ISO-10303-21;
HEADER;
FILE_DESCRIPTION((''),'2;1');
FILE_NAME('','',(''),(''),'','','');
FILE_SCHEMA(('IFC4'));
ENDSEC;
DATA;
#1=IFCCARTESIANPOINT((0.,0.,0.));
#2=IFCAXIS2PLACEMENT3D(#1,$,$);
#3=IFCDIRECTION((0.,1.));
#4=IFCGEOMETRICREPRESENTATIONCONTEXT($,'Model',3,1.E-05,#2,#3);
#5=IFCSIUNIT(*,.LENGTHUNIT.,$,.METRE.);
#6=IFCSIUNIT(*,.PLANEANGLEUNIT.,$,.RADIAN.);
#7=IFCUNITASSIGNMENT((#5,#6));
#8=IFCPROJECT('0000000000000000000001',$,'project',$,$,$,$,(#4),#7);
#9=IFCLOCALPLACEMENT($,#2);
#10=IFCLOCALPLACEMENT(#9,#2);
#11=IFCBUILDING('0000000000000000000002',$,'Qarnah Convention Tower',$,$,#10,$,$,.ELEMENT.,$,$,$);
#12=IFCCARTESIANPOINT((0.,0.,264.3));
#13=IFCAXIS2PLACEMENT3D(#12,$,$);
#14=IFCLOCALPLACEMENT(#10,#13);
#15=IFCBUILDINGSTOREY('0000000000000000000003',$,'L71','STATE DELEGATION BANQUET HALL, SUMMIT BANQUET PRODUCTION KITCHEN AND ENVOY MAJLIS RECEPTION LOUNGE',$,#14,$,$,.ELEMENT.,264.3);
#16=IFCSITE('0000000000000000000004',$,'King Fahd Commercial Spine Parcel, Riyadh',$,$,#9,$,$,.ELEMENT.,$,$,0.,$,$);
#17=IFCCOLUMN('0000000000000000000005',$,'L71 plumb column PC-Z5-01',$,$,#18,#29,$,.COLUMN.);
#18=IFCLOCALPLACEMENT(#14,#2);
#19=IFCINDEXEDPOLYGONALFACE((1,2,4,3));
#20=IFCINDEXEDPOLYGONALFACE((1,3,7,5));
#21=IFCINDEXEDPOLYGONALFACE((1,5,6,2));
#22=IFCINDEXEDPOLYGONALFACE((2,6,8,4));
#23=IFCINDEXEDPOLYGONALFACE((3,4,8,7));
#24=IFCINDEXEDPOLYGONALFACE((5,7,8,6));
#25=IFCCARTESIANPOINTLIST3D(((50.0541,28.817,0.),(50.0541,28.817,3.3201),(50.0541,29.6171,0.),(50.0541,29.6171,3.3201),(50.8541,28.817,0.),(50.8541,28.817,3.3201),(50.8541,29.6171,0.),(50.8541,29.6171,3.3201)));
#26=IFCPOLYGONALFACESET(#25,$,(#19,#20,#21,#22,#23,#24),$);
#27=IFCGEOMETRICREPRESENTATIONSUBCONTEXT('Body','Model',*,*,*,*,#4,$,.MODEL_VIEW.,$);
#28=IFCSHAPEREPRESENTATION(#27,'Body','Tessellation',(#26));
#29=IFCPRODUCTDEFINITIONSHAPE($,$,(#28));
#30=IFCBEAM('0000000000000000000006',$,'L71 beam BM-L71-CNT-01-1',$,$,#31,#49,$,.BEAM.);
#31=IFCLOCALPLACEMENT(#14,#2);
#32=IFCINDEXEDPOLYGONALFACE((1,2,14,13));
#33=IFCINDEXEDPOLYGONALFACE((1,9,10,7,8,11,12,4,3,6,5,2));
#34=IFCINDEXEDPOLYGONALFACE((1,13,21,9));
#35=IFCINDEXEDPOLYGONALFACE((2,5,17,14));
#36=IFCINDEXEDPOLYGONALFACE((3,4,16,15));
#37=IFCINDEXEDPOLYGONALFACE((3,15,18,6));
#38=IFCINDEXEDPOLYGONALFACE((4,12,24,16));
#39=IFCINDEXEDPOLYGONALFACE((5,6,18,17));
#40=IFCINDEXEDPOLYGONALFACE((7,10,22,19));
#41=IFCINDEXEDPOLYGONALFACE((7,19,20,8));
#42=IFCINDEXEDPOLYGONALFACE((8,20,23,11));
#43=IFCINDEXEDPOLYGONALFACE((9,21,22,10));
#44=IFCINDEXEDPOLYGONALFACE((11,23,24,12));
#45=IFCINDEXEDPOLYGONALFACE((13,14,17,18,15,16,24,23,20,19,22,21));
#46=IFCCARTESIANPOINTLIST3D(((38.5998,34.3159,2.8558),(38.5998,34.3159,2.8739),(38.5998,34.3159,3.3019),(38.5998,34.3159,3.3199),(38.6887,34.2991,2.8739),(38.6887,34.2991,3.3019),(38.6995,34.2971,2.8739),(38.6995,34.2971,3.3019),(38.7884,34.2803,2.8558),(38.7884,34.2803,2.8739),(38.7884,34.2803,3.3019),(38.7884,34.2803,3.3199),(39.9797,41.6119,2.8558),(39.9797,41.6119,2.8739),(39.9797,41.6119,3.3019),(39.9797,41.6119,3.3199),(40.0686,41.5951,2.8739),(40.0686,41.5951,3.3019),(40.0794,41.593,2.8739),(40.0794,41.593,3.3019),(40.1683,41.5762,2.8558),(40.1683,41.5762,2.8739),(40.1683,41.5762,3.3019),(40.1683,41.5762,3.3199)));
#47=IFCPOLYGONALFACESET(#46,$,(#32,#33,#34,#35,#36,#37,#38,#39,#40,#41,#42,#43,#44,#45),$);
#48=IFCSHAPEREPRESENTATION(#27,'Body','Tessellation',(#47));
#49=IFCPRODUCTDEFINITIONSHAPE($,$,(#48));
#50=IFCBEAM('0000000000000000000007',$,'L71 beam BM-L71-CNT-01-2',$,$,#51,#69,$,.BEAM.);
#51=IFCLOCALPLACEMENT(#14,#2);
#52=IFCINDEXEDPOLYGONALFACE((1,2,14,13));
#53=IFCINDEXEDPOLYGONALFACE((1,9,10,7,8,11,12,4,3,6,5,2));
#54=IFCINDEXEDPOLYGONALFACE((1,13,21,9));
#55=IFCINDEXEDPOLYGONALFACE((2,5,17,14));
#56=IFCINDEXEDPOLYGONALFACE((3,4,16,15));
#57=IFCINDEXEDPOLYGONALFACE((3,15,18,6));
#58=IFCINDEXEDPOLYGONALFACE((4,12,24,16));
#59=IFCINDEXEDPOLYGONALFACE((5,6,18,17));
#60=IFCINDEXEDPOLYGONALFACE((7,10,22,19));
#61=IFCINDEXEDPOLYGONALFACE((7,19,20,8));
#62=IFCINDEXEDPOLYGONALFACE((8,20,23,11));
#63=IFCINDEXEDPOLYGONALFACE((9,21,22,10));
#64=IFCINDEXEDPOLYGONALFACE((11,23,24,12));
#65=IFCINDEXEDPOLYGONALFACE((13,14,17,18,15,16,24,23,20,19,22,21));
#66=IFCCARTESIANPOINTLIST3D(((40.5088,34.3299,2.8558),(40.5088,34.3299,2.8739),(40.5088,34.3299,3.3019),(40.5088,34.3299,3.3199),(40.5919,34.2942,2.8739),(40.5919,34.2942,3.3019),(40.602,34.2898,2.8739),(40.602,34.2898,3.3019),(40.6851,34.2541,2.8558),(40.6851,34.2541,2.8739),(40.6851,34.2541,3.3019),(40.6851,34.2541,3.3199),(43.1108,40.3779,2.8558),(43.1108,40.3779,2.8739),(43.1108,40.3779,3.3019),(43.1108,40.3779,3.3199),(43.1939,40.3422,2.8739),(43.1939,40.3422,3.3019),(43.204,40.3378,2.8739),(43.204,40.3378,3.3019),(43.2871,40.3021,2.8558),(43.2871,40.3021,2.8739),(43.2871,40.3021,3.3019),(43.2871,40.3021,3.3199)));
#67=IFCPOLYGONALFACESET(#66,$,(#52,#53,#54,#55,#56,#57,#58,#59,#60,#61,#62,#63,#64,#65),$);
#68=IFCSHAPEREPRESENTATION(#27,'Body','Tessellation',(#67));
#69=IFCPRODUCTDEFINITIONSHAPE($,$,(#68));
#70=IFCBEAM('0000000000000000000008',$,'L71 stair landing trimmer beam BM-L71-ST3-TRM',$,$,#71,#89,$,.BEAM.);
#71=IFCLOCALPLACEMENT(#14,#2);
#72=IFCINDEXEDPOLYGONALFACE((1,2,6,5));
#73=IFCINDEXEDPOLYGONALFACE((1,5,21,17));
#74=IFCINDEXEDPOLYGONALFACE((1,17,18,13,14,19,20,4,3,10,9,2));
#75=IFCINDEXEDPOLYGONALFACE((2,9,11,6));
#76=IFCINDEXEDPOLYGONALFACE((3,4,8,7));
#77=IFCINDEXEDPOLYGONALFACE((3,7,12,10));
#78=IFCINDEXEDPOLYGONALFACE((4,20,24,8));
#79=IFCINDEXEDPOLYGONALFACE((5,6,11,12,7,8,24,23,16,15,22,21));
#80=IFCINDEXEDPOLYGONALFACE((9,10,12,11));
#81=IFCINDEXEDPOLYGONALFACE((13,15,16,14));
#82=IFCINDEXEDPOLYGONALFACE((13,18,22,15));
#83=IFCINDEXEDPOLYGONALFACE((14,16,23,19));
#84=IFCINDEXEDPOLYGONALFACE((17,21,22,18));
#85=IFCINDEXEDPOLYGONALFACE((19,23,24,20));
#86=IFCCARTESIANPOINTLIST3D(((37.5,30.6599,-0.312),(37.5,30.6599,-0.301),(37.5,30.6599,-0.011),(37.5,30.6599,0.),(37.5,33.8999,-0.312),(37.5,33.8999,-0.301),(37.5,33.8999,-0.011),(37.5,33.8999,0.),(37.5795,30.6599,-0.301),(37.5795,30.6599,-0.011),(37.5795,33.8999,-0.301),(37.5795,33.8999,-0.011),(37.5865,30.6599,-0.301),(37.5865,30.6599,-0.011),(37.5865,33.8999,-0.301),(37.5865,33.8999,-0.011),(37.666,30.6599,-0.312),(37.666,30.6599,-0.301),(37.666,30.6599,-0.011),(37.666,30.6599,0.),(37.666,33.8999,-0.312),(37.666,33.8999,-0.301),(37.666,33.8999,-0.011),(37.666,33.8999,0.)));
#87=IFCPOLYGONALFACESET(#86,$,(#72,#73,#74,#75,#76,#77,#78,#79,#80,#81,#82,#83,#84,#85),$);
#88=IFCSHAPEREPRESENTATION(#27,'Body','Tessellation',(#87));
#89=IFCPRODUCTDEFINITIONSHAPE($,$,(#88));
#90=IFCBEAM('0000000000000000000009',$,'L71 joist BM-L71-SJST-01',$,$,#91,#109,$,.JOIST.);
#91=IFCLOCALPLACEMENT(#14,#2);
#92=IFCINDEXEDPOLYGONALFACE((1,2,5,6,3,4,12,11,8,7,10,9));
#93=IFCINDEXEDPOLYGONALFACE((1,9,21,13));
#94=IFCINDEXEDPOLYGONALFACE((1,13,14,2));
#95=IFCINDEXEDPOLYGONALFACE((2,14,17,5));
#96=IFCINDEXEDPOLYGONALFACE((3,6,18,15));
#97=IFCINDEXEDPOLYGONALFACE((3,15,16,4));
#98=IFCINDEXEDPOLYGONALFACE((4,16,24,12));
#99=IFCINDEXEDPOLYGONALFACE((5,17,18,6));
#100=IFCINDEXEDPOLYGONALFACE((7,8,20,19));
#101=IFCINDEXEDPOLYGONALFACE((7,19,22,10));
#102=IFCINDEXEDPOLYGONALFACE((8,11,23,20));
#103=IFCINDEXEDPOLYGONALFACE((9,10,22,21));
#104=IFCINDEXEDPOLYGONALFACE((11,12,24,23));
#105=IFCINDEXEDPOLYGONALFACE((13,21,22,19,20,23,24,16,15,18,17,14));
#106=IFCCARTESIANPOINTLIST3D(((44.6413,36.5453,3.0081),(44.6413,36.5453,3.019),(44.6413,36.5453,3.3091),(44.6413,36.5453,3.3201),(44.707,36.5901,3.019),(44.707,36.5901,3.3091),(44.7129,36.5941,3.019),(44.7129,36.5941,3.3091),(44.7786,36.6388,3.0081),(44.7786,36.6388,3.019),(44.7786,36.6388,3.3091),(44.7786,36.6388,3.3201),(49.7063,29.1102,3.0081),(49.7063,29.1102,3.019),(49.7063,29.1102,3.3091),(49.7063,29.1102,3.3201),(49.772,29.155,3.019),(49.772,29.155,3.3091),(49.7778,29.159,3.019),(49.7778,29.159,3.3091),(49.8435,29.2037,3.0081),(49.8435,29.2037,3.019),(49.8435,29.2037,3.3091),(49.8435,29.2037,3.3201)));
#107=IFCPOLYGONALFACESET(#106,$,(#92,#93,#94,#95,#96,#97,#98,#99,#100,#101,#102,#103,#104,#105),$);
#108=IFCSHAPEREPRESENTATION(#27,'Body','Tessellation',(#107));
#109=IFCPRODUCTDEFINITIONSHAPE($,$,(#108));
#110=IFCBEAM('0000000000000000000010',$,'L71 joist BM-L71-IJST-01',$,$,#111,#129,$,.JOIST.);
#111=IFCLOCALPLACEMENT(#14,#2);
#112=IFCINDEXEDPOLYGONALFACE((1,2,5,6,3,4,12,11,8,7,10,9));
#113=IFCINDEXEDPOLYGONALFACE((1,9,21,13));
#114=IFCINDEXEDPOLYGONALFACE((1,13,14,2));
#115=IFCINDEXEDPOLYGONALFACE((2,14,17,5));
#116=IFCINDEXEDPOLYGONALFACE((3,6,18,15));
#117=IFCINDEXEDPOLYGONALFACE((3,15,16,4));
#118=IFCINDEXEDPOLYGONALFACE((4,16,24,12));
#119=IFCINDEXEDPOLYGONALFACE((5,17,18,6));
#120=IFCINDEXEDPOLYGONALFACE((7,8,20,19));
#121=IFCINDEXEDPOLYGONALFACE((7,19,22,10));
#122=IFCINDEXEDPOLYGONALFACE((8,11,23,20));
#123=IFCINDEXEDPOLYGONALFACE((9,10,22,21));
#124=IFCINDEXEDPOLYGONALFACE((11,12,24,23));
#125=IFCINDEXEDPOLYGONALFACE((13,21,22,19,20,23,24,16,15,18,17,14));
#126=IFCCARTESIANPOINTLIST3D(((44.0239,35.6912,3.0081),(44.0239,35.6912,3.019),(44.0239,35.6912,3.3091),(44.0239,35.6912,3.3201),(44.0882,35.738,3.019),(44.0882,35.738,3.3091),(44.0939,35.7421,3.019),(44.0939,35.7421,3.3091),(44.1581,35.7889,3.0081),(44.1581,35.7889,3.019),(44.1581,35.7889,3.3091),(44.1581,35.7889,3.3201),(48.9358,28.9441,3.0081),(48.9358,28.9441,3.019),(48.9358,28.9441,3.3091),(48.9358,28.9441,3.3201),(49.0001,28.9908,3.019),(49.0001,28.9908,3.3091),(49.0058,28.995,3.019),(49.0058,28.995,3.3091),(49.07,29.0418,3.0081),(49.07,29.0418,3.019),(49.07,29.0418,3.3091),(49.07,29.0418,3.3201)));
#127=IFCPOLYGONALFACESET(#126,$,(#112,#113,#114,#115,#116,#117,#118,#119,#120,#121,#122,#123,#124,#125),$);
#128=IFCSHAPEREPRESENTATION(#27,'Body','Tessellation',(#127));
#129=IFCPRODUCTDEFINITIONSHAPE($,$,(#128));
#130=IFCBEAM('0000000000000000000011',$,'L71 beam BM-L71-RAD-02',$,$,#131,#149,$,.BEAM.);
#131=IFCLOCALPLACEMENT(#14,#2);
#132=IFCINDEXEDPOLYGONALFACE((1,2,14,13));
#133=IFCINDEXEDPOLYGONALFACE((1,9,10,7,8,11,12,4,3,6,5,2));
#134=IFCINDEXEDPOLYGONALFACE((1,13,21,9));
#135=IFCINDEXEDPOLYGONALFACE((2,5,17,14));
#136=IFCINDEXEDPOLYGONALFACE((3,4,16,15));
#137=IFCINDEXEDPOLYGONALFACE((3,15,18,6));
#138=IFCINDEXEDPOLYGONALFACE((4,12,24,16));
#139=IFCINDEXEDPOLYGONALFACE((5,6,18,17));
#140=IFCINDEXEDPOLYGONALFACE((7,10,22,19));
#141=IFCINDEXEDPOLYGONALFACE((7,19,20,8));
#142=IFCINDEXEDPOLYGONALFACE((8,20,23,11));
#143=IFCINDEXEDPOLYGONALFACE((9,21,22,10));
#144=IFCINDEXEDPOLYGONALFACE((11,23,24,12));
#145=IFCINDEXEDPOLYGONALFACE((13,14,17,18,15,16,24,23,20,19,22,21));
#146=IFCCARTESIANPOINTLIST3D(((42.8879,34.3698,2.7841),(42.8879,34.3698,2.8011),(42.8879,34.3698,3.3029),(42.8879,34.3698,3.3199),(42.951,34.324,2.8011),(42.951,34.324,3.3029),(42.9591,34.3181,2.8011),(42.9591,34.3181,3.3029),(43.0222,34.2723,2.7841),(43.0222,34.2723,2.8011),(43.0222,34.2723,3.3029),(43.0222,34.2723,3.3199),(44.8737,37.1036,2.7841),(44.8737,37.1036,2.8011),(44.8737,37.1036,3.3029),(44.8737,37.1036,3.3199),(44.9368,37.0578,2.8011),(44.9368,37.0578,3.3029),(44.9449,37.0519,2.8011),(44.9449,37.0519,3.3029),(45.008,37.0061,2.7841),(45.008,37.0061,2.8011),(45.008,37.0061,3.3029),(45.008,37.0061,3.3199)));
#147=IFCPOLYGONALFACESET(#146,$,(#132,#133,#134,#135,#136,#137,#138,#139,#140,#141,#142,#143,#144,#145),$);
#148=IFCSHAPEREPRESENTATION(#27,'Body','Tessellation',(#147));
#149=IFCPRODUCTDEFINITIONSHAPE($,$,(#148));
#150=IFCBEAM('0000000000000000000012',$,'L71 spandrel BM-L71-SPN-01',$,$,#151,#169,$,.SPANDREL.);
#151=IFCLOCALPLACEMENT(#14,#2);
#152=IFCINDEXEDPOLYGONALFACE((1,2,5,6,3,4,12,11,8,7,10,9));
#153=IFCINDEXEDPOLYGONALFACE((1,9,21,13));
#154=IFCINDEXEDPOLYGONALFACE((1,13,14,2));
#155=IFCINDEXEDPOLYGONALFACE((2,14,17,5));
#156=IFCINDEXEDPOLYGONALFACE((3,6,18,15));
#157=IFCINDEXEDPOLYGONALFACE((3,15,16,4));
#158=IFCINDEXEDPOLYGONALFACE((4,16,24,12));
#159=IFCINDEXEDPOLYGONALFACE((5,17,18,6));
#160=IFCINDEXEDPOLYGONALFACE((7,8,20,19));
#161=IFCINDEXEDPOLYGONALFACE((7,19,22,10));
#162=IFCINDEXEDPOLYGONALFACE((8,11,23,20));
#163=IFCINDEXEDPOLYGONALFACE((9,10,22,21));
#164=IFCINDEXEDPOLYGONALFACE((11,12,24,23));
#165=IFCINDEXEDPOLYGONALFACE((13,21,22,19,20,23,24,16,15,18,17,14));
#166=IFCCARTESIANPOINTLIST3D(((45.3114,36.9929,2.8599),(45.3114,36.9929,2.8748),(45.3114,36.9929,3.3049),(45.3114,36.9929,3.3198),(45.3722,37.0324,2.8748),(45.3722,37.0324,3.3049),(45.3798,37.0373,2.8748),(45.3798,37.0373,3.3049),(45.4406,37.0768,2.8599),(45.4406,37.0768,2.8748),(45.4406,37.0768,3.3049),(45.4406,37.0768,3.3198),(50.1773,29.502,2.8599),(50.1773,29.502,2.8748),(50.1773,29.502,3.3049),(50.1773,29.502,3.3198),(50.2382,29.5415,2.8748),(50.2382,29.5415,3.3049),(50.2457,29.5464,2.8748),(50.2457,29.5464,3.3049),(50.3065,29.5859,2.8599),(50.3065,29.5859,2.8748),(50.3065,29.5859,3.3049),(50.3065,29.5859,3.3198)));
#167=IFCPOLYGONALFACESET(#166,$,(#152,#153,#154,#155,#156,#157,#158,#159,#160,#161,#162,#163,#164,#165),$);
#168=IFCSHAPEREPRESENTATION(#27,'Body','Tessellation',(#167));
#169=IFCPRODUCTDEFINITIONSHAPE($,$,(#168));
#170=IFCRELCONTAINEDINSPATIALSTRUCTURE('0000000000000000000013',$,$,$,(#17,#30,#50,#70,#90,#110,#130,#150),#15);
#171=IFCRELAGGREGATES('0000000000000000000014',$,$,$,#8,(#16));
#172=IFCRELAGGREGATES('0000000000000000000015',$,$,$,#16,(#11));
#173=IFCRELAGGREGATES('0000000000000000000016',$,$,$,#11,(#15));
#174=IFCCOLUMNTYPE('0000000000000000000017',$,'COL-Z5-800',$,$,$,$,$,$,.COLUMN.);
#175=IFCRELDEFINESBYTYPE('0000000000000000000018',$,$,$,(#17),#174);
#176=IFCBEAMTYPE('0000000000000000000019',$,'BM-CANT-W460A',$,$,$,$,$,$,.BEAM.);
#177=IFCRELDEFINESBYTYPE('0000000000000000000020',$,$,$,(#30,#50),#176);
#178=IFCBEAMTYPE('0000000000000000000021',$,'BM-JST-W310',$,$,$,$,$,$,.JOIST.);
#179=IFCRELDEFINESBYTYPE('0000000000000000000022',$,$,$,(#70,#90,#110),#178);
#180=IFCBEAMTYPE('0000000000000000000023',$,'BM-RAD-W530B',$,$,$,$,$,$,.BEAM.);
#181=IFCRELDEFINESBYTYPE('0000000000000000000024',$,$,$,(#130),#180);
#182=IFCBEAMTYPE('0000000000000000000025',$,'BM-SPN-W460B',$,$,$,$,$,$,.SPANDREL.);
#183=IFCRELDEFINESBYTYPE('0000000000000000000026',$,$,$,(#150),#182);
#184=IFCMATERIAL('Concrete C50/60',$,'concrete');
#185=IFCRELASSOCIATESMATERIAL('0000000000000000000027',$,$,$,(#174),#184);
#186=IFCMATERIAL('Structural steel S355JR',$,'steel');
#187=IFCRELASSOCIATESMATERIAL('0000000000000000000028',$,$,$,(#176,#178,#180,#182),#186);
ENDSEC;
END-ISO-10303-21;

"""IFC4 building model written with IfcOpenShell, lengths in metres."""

from ifc_helpers import new_model, si_unit, direction, frame, origin, origin_2d, place, context, subcontext, project, spatial, rectangle, i_section, extrude, material, material_profile, profile_set, type_object, element, save


model = new_model("IFC4")

# Units and contexts
model_context = context("Model", 3, precision=1e-05, world=origin(), true_north=direction((0.0, 1.0)))
body_context = subcontext(model_context, "Body", "Model", "MODEL_VIEW")
ifc_project = project(units=[si_unit("LENGTHUNIT", "METRE"), si_unit("PLANEANGLEUNIT", "RADIAN")], contexts=[model_context])

# Site, building, storey
site_placement = place(None, origin())
site = spatial("IfcSite", under=ifc_project, at=site_placement, Name="King Fahd Commercial Spine Parcel, Riyadh", CompositionType="ELEMENT", RefElevation=0.0)
building_placement = place(site_placement, origin())
building = spatial("IfcBuilding", under=site, at=building_placement, Name="Qarnah Convention Tower", CompositionType="ELEMENT")
storey_placement = place(building_placement, frame((0.0, 0.0, 264.3)))
storey = spatial("IfcBuildingStorey", under=building, at=storey_placement, Name="L71", Description="STATE DELEGATION BANQUET HALL, SUMMIT BANQUET PRODUCTION KITCHEN AND ENVOY MAJLIS RECEPTION LOUNGE", CompositionType="ELEMENT", Elevation=264.3)

# Column
ifc_material_1 = material(Name="Concrete C50/60", Category="concrete")
ifc_material_profile_1 = material_profile(ifc_material_1, rectangle(XDim=0.8, YDim=0.8, at=origin_2d()), Name="RC-COL-800X800")
ifc_profile_set_1 = profile_set([ifc_material_profile_1], Name="Concrete C50/60")
column_type = type_object("IfcColumnType", Name="COL-Z5-800", PredefinedType="COLUMN", material=ifc_profile_set_1)
column_placement = place(storey_placement, frame((50.4541, 29.217, 0.0), z_axis=(0.0, 0.0, 1.0), x_axis=(1.0, 0.0, 0.0)))
element("IfcColumn", 1, at=column_placement, inside=storey, type_object=column_type, Name="L71 plumb column PC-Z5-01", PredefinedType="COLUMN", context=body_context, shape_type="SweptSolid", body=[
    extrude(rectangle(XDim=0.8, YDim=0.8, at=origin_2d()), origin(), (0.0, 0.0, 1.0), 3.3201),
])

# Beams
ifc_material_2 = material(Name="Structural steel S355JR", Category="steel")
ifc_material_profile_2 = material_profile(ifc_material_2, i_section(OverallWidth=0.1919, OverallDepth=0.4641, WebThickness=0.011, FlangeThickness=0.0181, at=origin_2d()), Name="W460X89")
ifc_profile_set_2 = profile_set([ifc_material_profile_2], Name="Structural steel S355JR")
beam_type_1 = type_object("IfcBeamType", Name="BM-CANT-W460A", PredefinedType="BEAM", material=ifc_profile_set_2)
beam_1_placement = place(storey_placement, frame((38.6941, 34.2981, 3.0879), z_axis=(0.185837, 0.982581, 0.0), x_axis=(-0.982581, 0.185837, 0.0)))
element("IfcBeam", 2, at=beam_1_placement, inside=storey, type_object=beam_type_1, Name="L71 beam BM-L71-CNT-01-1", PredefinedType="BEAM", context=body_context, shape_type="SweptSolid", body=[
    extrude(i_section(OverallWidth=0.1919, OverallDepth=0.4641, WebThickness=0.011, FlangeThickness=0.0181, at=origin_2d()), origin(), (0.0, 0.0, 1.0), 7.4253),
])
beam_2_placement = place(storey_placement, frame((40.5969, 34.292, 3.0879), z_axis=(0.395203, 0.918594, 0.0), x_axis=(-0.918594, 0.395203, 0.0)))
element("IfcBeam", 3, at=beam_2_placement, inside=storey, type_object=beam_type_1, Name="L71 beam BM-L71-CNT-01-2", PredefinedType="BEAM", context=body_context, shape_type="SweptSolid", body=[
    extrude(i_section(OverallWidth=0.1919, OverallDepth=0.4641, WebThickness=0.011, FlangeThickness=0.0181, at=origin_2d()), origin(), (0.0, 0.0, 1.0), 6.584),
])
ifc_material_profile_3 = material_profile(ifc_material_2, i_section(OverallWidth=0.166, OverallDepth=0.312, WebThickness=0.0071, FlangeThickness=0.011, at=origin_2d()), Name="W310X45")
ifc_profile_set_3 = profile_set([ifc_material_profile_3], Name="Structural steel S355JR")
beam_type_2 = type_object("IfcBeamType", Name="BM-JST-W310", PredefinedType="JOIST", material=ifc_profile_set_3)
beam_3_placement = place(storey_placement, frame((37.583, 30.6599, -0.156), z_axis=(0.0, 1.0, 0.0), x_axis=(-1.0, 0.0, 0.0)))
element("IfcBeam", 4, at=beam_3_placement, inside=storey, type_object=beam_type_2, Name="L71 stair landing trimmer beam BM-L71-ST3-TRM", PredefinedType="BEAM", context=body_context, shape_type="SweptSolid", body=[
    extrude(i_section(OverallWidth=0.166, OverallDepth=0.312, WebThickness=0.0071, FlangeThickness=0.011, at=origin_2d()), origin(), (0.0, 0.0, 1.0), 3.24),
])
beam_4_placement = place(storey_placement, frame((49.7749, 29.157, 3.1641), z_axis=(-0.563002, 0.826456, 0.0), x_axis=(-0.826456, -0.563002, 0.0)))
element("IfcBeam", 5, at=beam_4_placement, inside=storey, type_object=beam_type_2, Name="L71 joist BM-L71-SJST-01", PredefinedType="JOIST", context=body_context, shape_type="SweptSolid", body=[
    extrude(i_section(OverallWidth=0.166, OverallDepth=0.312, WebThickness=0.0071, FlangeThickness=0.011, at=origin_2d()), origin(), (0.0, 0.0, 1.0), 8.9963),
])
beam_5_placement = place(storey_placement, frame((49.0029, 28.9929, 3.1641), z_axis=(-0.588556, 0.808456, 0.0), x_axis=(-0.808456, -0.588556, 0.0)))
element("IfcBeam", 6, at=beam_5_placement, inside=storey, type_object=beam_type_2, Name="L71 joist BM-L71-IJST-01", PredefinedType="JOIST", context=body_context, shape_type="SweptSolid", body=[
    extrude(i_section(OverallWidth=0.166, OverallDepth=0.312, WebThickness=0.0071, FlangeThickness=0.011, at=origin_2d()), origin(), (0.0, 0.0, 1.0), 8.3457),
])
ifc_material_profile_4 = material_profile(ifc_material_2, i_section(OverallWidth=0.166, OverallDepth=0.5359, WebThickness=0.01, FlangeThickness=0.0171, at=origin_2d()), Name="W530X85")
ifc_profile_set_4 = profile_set([ifc_material_profile_4], Name="Structural steel S355JR")
beam_type_3 = type_object("IfcBeamType", Name="BM-RAD-W530B", PredefinedType="BEAM", material=ifc_profile_set_4)
beam_6_placement = place(storey_placement, frame((42.9551, 34.321, 3.052), z_axis=(0.587699, 0.80908, 0.0), x_axis=(-0.80908, 0.587699, 0.0)))
element("IfcBeam", 7, at=beam_6_placement, inside=storey, type_object=beam_type_3, Name="L71 beam BM-L71-RAD-02", PredefinedType="BEAM", context=body_context, shape_type="SweptSolid", body=[
    extrude(i_section(OverallWidth=0.166, OverallDepth=0.5359, WebThickness=0.01, FlangeThickness=0.0171, at=origin_2d()), origin(), (0.0, 0.0, 1.0), 3.3789),
])
ifc_material_profile_5 = material_profile(ifc_material_2, i_section(OverallWidth=0.1541, OverallDepth=0.46, WebThickness=0.009, FlangeThickness=0.0149, at=origin_2d()), Name="W460X68")
ifc_profile_set_5 = profile_set([ifc_material_profile_5], Name="Structural steel S355JR")
beam_type_4 = type_object("IfcBeamType", Name="BM-SPN-W460B", PredefinedType="SPANDREL", material=ifc_profile_set_5)
beam_7_placement = place(storey_placement, frame((50.2419, 29.5439, 3.0898), z_axis=(-0.54474, 0.838605, 0.0), x_axis=(-0.838605, -0.54474, 0.0)))
element("IfcBeam", 8, at=beam_7_placement, inside=storey, type_object=beam_type_4, Name="L71 spandrel BM-L71-SPN-01", PredefinedType="SPANDREL", context=body_context, shape_type="SweptSolid", body=[
    extrude(i_section(OverallWidth=0.1541, OverallDepth=0.46, WebThickness=0.009, FlangeThickness=0.0149, at=origin_2d()), origin(), (0.0, 0.0, 1.0), 8.9326),
])

save(model, "model.ifc")
